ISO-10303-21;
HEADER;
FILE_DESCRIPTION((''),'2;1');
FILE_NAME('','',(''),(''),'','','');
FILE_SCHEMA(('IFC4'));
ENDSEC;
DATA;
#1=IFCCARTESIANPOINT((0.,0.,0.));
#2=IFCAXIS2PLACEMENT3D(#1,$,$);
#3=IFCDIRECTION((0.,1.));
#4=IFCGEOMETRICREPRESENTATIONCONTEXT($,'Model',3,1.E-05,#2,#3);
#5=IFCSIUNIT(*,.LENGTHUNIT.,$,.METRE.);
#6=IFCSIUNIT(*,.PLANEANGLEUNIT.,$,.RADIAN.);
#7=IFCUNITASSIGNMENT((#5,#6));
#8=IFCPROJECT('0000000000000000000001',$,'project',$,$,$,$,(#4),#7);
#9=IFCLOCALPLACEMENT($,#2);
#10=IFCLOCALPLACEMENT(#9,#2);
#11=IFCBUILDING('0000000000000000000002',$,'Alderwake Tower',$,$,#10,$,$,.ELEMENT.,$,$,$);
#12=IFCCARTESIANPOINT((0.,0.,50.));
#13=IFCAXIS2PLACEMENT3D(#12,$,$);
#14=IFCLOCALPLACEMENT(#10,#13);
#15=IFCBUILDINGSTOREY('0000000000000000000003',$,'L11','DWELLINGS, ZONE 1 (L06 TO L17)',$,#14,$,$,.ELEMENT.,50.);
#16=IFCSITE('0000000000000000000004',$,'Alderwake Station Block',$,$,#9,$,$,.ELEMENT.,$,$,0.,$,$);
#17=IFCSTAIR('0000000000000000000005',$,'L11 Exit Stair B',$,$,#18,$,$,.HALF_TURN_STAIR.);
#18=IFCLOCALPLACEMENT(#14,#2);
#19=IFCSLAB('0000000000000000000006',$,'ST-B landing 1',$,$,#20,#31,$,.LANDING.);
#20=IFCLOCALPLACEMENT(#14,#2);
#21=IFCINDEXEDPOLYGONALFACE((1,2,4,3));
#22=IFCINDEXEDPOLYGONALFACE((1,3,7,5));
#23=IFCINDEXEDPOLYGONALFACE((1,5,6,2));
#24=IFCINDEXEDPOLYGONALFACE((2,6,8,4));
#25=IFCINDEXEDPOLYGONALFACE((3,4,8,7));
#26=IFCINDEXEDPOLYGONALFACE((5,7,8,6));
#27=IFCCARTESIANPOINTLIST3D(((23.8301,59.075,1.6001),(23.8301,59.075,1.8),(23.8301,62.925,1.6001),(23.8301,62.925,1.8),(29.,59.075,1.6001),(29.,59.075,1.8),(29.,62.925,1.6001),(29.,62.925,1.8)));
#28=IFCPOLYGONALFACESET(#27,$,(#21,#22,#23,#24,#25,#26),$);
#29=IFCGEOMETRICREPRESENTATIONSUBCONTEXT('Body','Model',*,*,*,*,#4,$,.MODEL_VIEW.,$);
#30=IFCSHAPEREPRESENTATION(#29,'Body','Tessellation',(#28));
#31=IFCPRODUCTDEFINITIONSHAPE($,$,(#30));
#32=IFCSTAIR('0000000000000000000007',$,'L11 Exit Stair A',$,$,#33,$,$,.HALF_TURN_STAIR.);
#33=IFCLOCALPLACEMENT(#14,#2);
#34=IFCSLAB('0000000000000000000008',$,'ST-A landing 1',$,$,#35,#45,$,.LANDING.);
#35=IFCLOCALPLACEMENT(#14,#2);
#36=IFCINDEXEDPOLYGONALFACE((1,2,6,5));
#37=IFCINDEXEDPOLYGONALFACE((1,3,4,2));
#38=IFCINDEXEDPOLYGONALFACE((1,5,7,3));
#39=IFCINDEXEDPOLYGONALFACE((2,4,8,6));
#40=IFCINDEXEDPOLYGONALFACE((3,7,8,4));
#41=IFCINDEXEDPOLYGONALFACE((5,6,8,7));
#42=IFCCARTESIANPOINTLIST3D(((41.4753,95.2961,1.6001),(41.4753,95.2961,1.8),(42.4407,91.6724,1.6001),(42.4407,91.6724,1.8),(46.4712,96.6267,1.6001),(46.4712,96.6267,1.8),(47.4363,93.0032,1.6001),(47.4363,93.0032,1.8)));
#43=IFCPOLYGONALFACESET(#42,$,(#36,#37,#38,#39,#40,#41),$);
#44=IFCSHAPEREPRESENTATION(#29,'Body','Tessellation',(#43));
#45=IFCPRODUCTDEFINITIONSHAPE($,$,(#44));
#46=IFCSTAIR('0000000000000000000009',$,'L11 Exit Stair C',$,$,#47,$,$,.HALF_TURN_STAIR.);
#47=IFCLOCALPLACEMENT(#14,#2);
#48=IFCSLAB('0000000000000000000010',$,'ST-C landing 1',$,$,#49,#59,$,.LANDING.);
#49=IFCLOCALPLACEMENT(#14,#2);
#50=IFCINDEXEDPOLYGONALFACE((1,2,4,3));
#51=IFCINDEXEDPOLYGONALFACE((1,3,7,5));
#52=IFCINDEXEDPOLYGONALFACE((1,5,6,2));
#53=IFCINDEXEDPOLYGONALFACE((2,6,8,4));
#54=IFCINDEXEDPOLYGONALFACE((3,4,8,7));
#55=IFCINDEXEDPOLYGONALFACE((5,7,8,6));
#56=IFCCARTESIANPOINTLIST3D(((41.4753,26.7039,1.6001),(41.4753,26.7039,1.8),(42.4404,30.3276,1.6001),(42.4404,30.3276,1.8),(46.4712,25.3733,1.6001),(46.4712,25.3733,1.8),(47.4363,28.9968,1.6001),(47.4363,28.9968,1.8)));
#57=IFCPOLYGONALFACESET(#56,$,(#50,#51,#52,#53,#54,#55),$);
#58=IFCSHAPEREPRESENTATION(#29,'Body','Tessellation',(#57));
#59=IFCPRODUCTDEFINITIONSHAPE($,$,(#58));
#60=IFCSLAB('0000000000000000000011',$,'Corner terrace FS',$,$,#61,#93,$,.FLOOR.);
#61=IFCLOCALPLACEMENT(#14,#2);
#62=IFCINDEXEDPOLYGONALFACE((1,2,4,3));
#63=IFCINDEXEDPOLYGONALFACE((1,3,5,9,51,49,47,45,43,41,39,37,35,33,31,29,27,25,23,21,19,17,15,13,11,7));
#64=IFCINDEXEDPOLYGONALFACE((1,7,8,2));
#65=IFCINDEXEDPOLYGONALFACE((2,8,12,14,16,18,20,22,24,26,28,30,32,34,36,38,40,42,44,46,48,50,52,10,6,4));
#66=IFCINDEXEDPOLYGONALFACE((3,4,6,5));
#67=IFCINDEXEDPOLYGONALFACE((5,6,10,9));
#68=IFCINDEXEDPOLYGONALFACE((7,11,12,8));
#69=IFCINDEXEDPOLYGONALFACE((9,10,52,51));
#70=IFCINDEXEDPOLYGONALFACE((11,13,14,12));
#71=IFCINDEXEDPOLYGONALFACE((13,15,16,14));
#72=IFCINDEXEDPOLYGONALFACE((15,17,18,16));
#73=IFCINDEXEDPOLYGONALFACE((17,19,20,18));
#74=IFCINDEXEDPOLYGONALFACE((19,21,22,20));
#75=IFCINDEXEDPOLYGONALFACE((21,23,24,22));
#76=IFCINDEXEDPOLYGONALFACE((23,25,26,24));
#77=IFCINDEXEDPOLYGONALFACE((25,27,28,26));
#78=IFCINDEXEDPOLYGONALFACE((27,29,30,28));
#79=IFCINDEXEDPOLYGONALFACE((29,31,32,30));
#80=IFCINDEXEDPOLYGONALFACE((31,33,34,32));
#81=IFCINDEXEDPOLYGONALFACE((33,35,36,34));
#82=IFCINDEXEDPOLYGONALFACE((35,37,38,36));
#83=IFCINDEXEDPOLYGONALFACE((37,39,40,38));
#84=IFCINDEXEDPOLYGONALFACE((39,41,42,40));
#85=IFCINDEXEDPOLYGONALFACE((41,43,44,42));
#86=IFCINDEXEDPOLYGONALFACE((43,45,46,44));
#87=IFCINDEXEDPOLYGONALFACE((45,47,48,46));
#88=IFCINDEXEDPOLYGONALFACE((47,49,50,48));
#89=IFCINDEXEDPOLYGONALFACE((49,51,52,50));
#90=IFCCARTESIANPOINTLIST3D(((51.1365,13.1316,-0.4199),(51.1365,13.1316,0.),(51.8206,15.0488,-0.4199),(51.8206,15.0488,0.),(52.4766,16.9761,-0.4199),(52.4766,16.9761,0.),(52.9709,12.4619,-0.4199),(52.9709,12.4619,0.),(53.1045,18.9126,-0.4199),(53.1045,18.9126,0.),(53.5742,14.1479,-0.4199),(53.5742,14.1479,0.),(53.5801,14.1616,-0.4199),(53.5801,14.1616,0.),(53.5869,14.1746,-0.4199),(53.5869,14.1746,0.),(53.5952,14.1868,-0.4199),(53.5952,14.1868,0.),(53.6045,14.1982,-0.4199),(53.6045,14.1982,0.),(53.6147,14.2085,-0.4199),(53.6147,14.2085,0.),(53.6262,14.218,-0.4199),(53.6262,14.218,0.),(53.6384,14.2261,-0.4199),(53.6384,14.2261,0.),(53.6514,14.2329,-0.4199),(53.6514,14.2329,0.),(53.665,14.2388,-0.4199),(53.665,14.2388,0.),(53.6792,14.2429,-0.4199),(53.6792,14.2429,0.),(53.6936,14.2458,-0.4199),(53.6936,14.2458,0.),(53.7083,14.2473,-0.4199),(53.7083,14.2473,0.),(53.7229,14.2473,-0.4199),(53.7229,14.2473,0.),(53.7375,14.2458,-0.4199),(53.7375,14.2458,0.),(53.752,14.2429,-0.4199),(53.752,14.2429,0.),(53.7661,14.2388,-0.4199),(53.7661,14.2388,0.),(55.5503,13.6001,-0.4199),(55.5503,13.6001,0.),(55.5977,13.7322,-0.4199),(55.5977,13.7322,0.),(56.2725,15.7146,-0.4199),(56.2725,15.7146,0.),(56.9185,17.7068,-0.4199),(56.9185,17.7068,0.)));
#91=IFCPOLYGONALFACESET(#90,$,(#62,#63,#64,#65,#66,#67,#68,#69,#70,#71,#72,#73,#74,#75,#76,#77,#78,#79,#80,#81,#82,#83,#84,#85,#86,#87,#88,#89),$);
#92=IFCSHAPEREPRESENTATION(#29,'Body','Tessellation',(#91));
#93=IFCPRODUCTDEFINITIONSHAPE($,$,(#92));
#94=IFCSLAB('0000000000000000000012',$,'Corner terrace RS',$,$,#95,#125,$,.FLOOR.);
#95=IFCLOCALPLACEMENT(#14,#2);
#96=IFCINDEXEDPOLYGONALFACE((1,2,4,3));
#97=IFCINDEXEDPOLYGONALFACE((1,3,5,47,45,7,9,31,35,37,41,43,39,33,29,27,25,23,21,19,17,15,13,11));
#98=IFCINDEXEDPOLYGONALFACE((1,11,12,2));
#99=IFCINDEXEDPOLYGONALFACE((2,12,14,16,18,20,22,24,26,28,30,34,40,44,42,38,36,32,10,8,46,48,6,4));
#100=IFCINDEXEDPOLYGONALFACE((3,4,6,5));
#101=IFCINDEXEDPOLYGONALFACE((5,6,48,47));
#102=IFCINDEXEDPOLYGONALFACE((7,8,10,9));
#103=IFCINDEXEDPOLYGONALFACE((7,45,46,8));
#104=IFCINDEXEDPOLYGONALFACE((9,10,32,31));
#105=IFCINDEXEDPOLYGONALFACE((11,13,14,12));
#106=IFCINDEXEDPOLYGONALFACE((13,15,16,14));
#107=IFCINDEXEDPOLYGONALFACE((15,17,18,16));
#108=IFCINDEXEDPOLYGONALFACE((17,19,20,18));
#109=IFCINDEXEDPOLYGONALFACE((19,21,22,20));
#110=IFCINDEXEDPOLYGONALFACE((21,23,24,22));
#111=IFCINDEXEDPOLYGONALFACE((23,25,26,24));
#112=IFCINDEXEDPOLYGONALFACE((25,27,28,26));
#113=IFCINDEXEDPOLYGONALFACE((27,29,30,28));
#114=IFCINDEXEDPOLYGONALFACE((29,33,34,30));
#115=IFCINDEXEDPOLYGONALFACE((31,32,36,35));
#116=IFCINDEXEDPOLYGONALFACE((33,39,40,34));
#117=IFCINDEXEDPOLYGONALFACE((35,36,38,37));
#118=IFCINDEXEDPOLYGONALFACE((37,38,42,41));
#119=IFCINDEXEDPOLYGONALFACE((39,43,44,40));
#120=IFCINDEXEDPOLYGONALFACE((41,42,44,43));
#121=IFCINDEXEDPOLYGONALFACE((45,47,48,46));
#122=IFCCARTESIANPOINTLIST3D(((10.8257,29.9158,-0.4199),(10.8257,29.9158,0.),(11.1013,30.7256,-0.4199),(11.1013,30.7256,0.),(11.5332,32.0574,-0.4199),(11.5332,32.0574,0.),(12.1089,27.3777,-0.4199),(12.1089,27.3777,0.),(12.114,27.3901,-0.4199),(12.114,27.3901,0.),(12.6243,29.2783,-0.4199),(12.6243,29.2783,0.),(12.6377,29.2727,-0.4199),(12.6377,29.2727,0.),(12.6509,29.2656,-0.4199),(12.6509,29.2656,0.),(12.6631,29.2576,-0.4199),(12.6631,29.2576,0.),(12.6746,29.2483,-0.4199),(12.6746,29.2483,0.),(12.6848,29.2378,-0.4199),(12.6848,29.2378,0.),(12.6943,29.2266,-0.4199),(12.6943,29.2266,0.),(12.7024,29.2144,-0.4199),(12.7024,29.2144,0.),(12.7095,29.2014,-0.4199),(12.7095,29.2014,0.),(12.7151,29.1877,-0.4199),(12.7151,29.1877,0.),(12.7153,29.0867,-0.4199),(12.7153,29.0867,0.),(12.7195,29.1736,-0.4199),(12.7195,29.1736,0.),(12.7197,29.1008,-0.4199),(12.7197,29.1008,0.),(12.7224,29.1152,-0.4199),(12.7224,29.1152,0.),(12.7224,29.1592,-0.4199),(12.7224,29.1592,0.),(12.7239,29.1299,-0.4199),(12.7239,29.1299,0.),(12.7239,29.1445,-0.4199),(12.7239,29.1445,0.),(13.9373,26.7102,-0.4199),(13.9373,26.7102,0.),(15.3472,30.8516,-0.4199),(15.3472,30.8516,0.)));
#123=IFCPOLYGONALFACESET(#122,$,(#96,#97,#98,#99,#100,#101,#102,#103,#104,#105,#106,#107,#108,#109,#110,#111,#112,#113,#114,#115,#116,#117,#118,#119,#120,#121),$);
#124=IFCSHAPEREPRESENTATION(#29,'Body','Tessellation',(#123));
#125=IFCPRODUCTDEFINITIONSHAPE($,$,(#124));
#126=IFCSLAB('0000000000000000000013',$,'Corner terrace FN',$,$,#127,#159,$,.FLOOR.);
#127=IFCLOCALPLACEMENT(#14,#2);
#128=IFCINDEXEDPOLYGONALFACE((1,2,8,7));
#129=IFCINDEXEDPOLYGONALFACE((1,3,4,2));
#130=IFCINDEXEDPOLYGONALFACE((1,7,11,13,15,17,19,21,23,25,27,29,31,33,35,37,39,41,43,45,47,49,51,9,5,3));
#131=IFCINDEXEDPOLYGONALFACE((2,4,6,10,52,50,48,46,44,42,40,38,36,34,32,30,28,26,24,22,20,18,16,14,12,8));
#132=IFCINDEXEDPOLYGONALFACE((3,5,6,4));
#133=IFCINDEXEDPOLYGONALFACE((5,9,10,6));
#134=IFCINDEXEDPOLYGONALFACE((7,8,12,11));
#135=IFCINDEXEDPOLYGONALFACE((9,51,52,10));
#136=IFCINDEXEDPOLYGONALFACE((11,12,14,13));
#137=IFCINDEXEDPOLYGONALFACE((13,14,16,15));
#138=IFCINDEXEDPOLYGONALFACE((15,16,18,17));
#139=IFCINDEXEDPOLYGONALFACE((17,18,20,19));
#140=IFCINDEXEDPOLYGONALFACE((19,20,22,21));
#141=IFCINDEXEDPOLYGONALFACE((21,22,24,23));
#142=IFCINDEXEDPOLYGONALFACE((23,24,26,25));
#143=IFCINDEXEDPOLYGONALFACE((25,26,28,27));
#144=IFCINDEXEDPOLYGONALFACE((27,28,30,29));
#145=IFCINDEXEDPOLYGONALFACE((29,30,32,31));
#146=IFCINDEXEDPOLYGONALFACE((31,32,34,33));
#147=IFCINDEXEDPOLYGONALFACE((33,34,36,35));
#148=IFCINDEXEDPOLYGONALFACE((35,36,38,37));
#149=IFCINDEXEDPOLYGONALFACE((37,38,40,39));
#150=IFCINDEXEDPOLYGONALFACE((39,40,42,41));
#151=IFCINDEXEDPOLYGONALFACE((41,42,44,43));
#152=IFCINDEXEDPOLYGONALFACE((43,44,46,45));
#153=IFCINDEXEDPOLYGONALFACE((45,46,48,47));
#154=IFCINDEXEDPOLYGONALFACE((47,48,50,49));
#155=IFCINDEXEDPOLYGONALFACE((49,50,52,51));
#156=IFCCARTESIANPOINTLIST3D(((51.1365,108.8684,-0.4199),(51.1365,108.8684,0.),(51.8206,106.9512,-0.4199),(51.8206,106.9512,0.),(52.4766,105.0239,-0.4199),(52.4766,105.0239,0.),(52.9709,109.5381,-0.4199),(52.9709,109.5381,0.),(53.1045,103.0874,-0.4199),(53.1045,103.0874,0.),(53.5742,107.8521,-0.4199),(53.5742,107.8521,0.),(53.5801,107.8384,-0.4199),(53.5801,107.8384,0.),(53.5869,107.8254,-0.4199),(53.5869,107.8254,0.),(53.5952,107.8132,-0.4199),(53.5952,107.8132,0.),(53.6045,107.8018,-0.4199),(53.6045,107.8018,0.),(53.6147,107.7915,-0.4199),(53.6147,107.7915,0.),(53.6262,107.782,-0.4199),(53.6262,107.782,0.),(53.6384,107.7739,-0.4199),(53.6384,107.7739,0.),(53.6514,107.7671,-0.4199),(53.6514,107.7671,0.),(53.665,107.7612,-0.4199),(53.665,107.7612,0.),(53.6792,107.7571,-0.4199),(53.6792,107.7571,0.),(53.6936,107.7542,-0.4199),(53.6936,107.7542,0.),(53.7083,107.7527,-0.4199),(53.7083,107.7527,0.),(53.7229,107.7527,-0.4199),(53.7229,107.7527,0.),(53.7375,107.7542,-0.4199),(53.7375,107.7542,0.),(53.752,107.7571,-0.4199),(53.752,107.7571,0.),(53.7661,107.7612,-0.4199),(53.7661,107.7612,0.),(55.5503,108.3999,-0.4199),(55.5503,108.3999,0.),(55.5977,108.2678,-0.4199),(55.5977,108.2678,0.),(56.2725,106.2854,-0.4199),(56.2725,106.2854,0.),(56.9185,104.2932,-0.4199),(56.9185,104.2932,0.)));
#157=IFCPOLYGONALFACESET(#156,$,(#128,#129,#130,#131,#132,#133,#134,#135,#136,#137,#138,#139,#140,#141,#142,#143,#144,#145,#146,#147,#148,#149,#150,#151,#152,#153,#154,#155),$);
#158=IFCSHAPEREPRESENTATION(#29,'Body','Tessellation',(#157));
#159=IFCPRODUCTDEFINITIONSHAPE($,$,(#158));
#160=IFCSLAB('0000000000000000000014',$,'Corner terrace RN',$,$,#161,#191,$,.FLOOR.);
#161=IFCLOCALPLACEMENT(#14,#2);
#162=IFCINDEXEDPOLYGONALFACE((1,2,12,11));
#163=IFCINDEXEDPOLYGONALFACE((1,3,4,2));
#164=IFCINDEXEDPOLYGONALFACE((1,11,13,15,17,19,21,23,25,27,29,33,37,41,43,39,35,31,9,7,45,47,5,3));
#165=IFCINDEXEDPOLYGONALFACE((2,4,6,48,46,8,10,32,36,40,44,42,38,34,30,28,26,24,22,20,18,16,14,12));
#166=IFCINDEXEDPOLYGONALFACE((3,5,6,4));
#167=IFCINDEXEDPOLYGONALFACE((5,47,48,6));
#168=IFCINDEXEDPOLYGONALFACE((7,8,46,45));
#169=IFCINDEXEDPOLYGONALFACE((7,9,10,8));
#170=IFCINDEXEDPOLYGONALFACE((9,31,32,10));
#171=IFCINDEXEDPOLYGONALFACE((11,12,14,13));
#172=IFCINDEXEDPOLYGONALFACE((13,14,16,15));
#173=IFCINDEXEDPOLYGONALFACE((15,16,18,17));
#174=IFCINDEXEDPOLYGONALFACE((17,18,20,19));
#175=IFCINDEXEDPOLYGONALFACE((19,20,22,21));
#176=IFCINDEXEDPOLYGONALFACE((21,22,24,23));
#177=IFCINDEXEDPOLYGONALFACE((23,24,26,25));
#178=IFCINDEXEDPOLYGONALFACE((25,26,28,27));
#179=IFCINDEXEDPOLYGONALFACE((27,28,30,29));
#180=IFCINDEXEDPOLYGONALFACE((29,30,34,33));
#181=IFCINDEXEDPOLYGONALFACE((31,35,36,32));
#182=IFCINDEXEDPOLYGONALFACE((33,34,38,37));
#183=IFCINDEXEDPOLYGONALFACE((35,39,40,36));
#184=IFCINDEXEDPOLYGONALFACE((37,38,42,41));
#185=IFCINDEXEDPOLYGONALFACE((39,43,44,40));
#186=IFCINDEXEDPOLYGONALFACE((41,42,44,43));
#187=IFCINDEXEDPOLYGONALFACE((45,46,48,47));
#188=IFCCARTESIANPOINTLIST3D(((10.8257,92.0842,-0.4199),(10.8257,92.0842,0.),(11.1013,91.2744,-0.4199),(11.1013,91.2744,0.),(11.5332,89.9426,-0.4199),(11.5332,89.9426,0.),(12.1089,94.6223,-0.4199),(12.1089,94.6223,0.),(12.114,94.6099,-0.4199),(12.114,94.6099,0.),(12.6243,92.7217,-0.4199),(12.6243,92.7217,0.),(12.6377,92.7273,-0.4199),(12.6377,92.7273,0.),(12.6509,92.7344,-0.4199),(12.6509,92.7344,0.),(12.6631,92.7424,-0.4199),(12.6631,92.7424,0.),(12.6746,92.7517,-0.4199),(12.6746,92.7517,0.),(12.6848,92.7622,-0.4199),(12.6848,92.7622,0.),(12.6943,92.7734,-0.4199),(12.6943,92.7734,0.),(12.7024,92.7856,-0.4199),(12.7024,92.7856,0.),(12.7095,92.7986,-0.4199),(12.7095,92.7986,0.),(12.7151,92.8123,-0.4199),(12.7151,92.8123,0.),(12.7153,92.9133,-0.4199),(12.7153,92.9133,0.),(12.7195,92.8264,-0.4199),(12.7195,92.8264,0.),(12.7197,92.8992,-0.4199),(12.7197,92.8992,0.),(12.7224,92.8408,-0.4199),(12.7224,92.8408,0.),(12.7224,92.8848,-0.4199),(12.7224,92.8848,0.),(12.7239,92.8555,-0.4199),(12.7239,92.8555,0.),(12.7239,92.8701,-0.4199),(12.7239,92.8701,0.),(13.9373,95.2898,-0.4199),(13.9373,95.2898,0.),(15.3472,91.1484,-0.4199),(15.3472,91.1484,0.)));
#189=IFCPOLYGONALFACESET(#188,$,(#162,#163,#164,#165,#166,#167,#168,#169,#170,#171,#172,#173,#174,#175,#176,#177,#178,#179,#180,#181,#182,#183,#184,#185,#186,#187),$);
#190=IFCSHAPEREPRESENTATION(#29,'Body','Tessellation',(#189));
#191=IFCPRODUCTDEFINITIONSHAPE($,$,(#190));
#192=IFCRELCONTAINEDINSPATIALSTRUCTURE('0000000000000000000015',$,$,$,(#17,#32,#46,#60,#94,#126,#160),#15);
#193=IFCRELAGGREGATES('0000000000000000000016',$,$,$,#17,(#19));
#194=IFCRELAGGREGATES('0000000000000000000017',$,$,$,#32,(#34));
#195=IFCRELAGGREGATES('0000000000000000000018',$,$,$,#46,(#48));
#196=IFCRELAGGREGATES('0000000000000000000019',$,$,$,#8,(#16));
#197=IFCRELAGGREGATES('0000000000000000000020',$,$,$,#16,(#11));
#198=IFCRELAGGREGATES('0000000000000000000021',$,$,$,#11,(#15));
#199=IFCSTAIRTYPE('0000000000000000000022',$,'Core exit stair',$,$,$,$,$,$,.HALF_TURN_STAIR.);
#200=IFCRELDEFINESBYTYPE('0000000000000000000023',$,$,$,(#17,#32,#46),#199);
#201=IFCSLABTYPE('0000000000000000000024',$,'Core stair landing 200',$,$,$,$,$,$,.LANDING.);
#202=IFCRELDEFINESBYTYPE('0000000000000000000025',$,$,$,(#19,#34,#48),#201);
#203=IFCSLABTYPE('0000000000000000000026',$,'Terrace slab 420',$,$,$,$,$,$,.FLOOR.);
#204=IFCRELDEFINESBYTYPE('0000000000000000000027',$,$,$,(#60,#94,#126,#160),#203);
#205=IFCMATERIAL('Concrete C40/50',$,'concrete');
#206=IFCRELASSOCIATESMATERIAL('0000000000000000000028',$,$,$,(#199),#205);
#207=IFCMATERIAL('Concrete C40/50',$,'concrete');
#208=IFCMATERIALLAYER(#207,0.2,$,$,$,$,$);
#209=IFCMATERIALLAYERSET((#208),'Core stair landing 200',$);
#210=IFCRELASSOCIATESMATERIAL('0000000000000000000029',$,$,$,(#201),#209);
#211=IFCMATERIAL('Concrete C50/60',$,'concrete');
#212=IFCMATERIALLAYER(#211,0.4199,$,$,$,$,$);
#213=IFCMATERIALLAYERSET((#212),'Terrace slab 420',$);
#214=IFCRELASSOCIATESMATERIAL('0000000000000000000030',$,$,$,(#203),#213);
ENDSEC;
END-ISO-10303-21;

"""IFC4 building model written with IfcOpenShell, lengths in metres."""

from ifc_helpers import new_model, si_unit, direction, frame, origin, place, context, subcontext, project, spatial, polyline, outline, extrude, material, layer, layer_set, type_object, element, aggregate, save


model = new_model("IFC4")

# Units and contexts
model_context = context("Model", 3, precision=1e-05, world=origin(), true_north=direction((0.0, 1.0)))
body_context = subcontext(model_context, "Body", "Model", "MODEL_VIEW")
ifc_project = project(units=[si_unit("LENGTHUNIT", "METRE"), si_unit("PLANEANGLEUNIT", "RADIAN")], contexts=[model_context])

# Site, building, storey
site_placement = place(None, origin())
site = spatial("IfcSite", under=ifc_project, at=site_placement, Name="Alderwake Station Block", CompositionType="ELEMENT", RefElevation=0.0)
building_placement = place(site_placement, origin())
building = spatial("IfcBuilding", under=site, at=building_placement, Name="Alderwake Tower", CompositionType="ELEMENT")
storey_placement = place(building_placement, frame((0.0, 0.0, 50.0)))
storey = spatial("IfcBuildingStorey", under=building, at=storey_placement, Name="L11", Description="DWELLINGS, ZONE 1 (L06 TO L17)", CompositionType="ELEMENT", Elevation=50.0)

# Stairs, slabs
ifc_material_1 = material(Name="Concrete C40/50", Category="concrete")
stair_type = type_object("IfcStairType", Name="Core exit stair", PredefinedType="HALF_TURN_STAIR", material=ifc_material_1)
stair_1_placement = place(storey_placement, origin())
stair_1 = element("IfcStair", 1, at=stair_1_placement, inside=storey, type_object=stair_type, Name="L11 Exit Stair B", PredefinedType="HALF_TURN_STAIR")
ifc_material_2 = material(Name="Concrete C40/50", Category="concrete")
ifc_layer_1 = layer(ifc_material_2, 0.2)
ifc_layer_set_1 = layer_set([ifc_layer_1], Name="Core stair landing 200")
slab_type_1 = type_object("IfcSlabType", Name="Core stair landing 200", PredefinedType="LANDING", material=ifc_layer_set_1)
slab_1_placement = place(storey_placement, frame((0.0, 0.0, 1.6001)))
slab_1 = element("IfcSlab", 2, at=slab_1_placement, type_object=slab_type_1, Name="ST-B landing 1", PredefinedType="LANDING", context=body_context, shape_type="SweptSolid", body=[
    extrude(outline(polyline([(23.8301, 59.075), (29.0, 59.075), (29.0, 62.925), (23.8301, 62.925), (23.8301, 59.075)])), origin(), (0.0, 0.0, 1.0), 0.2),
])
aggregate(stair_1, [slab_1])
stair_2_placement = place(storey_placement, origin())
stair_2 = element("IfcStair", 3, at=stair_2_placement, inside=storey, type_object=stair_type, Name="L11 Exit Stair A", PredefinedType="HALF_TURN_STAIR")
slab_2_placement = place(storey_placement, frame((0.0, 0.0, 1.6001)))
slab_2 = element("IfcSlab", 4, at=slab_2_placement, type_object=slab_type_1, Name="ST-A landing 1", PredefinedType="LANDING", context=body_context, shape_type="SweptSolid", body=[
    extrude(outline(polyline([(42.4407, 91.6724), (47.4363, 93.0032), (46.4712, 96.6267), (41.4753, 95.2961), (42.4407, 91.6724)])), origin(), (0.0, 0.0, 1.0), 0.2),
])
aggregate(stair_2, [slab_2])
stair_3_placement = place(storey_placement, origin())
stair_3 = element("IfcStair", 5, at=stair_3_placement, inside=storey, type_object=stair_type, Name="L11 Exit Stair C", PredefinedType="HALF_TURN_STAIR")
slab_3_placement = place(storey_placement, frame((0.0, 0.0, 1.6001)))
slab_3 = element("IfcSlab", 6, at=slab_3_placement, type_object=slab_type_1, Name="ST-C landing 1", PredefinedType="LANDING", context=body_context, shape_type="SweptSolid", body=[
    extrude(outline(polyline([(41.4753, 26.7039), (46.4712, 25.3733), (47.4363, 28.9968), (42.4404, 30.3276), (41.4753, 26.7039)])), origin(), (0.0, 0.0, 1.0), 0.2),
])
aggregate(stair_3, [slab_3])

# Slabs
ifc_material_3 = material(Name="Concrete C50/60", Category="concrete")
ifc_layer_2 = layer(ifc_material_3, 0.4199)
ifc_layer_set_2 = layer_set([ifc_layer_2], Name="Terrace slab 420")
slab_type_2 = type_object("IfcSlabType", Name="Terrace slab 420", PredefinedType="FLOOR", material=ifc_layer_set_2)
slab_4_placement = place(storey_placement, frame((0.0, 0.0, -0.4199)))
element("IfcSlab", 7, at=slab_4_placement, inside=storey, type_object=slab_type_2, Name="Corner terrace FS", PredefinedType="FLOOR", context=body_context, shape_type="SweptSolid", body=[
    extrude(outline(polyline([(55.5977, 13.7322), (55.5503, 13.6001), (53.7661, 14.2388), (53.752, 14.2429), (53.7375, 14.2458), (53.7229, 14.2473), (53.7083, 14.2473), (53.6936, 14.2458), (53.6792, 14.2429), (53.665, 14.2388), (53.6514, 14.2329), (53.6384, 14.2261), (53.6262, 14.218), (53.6147, 14.2085), (53.6045, 14.1982), (53.5952, 14.1868), (53.5869, 14.1746), (53.5801, 14.1616), (53.5742, 14.1479), (52.9709, 12.4619), (51.1365, 13.1316), (51.8206, 15.0488), (52.4766, 16.9761), (53.1045, 18.9126), (56.9185, 17.7068), (56.2725, 15.7146), (55.5977, 13.7322)])), origin(), (0.0, 0.0, 1.0), 0.4199),
])
slab_5_placement = place(storey_placement, frame((0.0, 0.0, -0.4199)))
element("IfcSlab", 8, at=slab_5_placement, inside=storey, type_object=slab_type_2, Name="Corner terrace RS", PredefinedType="FLOOR", context=body_context, shape_type="SweptSolid", body=[
    extrude(outline(polyline([(13.9373, 26.7102), (12.1089, 27.3777), (12.114, 27.3901), (12.7153, 29.0867), (12.7197, 29.1008), (12.7224, 29.1152), (12.7239, 29.1299), (12.7239, 29.1445), (12.7224, 29.1592), (12.7195, 29.1736), (12.7151, 29.1877), (12.7095, 29.2014), (12.7024, 29.2144), (12.6943, 29.2266), (12.6848, 29.2378), (12.6746, 29.2483), (12.6631, 29.2576), (12.6509, 29.2656), (12.6377, 29.2727), (12.6243, 29.2783), (10.8257, 29.9158), (11.1013, 30.7256), (11.5332, 32.0574), (15.3472, 30.8516), (13.9373, 26.7102)])), origin(), (0.0, 0.0, 1.0), 0.4199),
])
slab_6_placement = place(storey_placement, frame((0.0, 0.0, -0.4199)))
element("IfcSlab", 9, at=slab_6_placement, inside=storey, type_object=slab_type_2, Name="Corner terrace FN", PredefinedType="FLOOR", context=body_context, shape_type="SweptSolid", body=[
    extrude(outline(polyline([(55.5977, 108.2678), (56.2725, 106.2854), (56.9185, 104.2932), (53.1045, 103.0874), (52.4766, 105.0239), (51.8206, 106.9512), (51.1365, 108.8684), (52.9709, 109.5381), (53.5742, 107.8521), (53.5801, 107.8384), (53.5869, 107.8254), (53.5952, 107.8132), (53.6045, 107.8018), (53.6147, 107.7915), (53.6262, 107.782), (53.6384, 107.7739), (53.6514, 107.7671), (53.665, 107.7612), (53.6792, 107.7571), (53.6936, 107.7542), (53.7083, 107.7527), (53.7229, 107.7527), (53.7375, 107.7542), (53.752, 107.7571), (53.7661, 107.7612), (55.5503, 108.3999), (55.5977, 108.2678)])), origin(), (0.0, 0.0, 1.0), 0.4199),
])
slab_7_placement = place(storey_placement, frame((0.0, 0.0, -0.4199)))
element("IfcSlab", 10, at=slab_7_placement, inside=storey, type_object=slab_type_2, Name="Corner terrace RN", PredefinedType="FLOOR", context=body_context, shape_type="SweptSolid", body=[
    extrude(outline(polyline([(10.8257, 92.0842), (12.6243, 92.7217), (12.6377, 92.7273), (12.6509, 92.7344), (12.6631, 92.7424), (12.6746, 92.7517), (12.6848, 92.7622), (12.6943, 92.7734), (12.7024, 92.7856), (12.7095, 92.7986), (12.7151, 92.8123), (12.7195, 92.8264), (12.7224, 92.8408), (12.7239, 92.8555), (12.7239, 92.8701), (12.7224, 92.8848), (12.7197, 92.8992), (12.7153, 92.9133), (12.114, 94.6099), (12.1089, 94.6223), (13.9373, 95.2898), (15.3472, 91.1484), (11.5332, 89.9426), (11.1013, 91.2744), (10.8257, 92.0842)])), origin(), (0.0, 0.0, 1.0), 0.4199),
])

save(model, "model.ifc")
